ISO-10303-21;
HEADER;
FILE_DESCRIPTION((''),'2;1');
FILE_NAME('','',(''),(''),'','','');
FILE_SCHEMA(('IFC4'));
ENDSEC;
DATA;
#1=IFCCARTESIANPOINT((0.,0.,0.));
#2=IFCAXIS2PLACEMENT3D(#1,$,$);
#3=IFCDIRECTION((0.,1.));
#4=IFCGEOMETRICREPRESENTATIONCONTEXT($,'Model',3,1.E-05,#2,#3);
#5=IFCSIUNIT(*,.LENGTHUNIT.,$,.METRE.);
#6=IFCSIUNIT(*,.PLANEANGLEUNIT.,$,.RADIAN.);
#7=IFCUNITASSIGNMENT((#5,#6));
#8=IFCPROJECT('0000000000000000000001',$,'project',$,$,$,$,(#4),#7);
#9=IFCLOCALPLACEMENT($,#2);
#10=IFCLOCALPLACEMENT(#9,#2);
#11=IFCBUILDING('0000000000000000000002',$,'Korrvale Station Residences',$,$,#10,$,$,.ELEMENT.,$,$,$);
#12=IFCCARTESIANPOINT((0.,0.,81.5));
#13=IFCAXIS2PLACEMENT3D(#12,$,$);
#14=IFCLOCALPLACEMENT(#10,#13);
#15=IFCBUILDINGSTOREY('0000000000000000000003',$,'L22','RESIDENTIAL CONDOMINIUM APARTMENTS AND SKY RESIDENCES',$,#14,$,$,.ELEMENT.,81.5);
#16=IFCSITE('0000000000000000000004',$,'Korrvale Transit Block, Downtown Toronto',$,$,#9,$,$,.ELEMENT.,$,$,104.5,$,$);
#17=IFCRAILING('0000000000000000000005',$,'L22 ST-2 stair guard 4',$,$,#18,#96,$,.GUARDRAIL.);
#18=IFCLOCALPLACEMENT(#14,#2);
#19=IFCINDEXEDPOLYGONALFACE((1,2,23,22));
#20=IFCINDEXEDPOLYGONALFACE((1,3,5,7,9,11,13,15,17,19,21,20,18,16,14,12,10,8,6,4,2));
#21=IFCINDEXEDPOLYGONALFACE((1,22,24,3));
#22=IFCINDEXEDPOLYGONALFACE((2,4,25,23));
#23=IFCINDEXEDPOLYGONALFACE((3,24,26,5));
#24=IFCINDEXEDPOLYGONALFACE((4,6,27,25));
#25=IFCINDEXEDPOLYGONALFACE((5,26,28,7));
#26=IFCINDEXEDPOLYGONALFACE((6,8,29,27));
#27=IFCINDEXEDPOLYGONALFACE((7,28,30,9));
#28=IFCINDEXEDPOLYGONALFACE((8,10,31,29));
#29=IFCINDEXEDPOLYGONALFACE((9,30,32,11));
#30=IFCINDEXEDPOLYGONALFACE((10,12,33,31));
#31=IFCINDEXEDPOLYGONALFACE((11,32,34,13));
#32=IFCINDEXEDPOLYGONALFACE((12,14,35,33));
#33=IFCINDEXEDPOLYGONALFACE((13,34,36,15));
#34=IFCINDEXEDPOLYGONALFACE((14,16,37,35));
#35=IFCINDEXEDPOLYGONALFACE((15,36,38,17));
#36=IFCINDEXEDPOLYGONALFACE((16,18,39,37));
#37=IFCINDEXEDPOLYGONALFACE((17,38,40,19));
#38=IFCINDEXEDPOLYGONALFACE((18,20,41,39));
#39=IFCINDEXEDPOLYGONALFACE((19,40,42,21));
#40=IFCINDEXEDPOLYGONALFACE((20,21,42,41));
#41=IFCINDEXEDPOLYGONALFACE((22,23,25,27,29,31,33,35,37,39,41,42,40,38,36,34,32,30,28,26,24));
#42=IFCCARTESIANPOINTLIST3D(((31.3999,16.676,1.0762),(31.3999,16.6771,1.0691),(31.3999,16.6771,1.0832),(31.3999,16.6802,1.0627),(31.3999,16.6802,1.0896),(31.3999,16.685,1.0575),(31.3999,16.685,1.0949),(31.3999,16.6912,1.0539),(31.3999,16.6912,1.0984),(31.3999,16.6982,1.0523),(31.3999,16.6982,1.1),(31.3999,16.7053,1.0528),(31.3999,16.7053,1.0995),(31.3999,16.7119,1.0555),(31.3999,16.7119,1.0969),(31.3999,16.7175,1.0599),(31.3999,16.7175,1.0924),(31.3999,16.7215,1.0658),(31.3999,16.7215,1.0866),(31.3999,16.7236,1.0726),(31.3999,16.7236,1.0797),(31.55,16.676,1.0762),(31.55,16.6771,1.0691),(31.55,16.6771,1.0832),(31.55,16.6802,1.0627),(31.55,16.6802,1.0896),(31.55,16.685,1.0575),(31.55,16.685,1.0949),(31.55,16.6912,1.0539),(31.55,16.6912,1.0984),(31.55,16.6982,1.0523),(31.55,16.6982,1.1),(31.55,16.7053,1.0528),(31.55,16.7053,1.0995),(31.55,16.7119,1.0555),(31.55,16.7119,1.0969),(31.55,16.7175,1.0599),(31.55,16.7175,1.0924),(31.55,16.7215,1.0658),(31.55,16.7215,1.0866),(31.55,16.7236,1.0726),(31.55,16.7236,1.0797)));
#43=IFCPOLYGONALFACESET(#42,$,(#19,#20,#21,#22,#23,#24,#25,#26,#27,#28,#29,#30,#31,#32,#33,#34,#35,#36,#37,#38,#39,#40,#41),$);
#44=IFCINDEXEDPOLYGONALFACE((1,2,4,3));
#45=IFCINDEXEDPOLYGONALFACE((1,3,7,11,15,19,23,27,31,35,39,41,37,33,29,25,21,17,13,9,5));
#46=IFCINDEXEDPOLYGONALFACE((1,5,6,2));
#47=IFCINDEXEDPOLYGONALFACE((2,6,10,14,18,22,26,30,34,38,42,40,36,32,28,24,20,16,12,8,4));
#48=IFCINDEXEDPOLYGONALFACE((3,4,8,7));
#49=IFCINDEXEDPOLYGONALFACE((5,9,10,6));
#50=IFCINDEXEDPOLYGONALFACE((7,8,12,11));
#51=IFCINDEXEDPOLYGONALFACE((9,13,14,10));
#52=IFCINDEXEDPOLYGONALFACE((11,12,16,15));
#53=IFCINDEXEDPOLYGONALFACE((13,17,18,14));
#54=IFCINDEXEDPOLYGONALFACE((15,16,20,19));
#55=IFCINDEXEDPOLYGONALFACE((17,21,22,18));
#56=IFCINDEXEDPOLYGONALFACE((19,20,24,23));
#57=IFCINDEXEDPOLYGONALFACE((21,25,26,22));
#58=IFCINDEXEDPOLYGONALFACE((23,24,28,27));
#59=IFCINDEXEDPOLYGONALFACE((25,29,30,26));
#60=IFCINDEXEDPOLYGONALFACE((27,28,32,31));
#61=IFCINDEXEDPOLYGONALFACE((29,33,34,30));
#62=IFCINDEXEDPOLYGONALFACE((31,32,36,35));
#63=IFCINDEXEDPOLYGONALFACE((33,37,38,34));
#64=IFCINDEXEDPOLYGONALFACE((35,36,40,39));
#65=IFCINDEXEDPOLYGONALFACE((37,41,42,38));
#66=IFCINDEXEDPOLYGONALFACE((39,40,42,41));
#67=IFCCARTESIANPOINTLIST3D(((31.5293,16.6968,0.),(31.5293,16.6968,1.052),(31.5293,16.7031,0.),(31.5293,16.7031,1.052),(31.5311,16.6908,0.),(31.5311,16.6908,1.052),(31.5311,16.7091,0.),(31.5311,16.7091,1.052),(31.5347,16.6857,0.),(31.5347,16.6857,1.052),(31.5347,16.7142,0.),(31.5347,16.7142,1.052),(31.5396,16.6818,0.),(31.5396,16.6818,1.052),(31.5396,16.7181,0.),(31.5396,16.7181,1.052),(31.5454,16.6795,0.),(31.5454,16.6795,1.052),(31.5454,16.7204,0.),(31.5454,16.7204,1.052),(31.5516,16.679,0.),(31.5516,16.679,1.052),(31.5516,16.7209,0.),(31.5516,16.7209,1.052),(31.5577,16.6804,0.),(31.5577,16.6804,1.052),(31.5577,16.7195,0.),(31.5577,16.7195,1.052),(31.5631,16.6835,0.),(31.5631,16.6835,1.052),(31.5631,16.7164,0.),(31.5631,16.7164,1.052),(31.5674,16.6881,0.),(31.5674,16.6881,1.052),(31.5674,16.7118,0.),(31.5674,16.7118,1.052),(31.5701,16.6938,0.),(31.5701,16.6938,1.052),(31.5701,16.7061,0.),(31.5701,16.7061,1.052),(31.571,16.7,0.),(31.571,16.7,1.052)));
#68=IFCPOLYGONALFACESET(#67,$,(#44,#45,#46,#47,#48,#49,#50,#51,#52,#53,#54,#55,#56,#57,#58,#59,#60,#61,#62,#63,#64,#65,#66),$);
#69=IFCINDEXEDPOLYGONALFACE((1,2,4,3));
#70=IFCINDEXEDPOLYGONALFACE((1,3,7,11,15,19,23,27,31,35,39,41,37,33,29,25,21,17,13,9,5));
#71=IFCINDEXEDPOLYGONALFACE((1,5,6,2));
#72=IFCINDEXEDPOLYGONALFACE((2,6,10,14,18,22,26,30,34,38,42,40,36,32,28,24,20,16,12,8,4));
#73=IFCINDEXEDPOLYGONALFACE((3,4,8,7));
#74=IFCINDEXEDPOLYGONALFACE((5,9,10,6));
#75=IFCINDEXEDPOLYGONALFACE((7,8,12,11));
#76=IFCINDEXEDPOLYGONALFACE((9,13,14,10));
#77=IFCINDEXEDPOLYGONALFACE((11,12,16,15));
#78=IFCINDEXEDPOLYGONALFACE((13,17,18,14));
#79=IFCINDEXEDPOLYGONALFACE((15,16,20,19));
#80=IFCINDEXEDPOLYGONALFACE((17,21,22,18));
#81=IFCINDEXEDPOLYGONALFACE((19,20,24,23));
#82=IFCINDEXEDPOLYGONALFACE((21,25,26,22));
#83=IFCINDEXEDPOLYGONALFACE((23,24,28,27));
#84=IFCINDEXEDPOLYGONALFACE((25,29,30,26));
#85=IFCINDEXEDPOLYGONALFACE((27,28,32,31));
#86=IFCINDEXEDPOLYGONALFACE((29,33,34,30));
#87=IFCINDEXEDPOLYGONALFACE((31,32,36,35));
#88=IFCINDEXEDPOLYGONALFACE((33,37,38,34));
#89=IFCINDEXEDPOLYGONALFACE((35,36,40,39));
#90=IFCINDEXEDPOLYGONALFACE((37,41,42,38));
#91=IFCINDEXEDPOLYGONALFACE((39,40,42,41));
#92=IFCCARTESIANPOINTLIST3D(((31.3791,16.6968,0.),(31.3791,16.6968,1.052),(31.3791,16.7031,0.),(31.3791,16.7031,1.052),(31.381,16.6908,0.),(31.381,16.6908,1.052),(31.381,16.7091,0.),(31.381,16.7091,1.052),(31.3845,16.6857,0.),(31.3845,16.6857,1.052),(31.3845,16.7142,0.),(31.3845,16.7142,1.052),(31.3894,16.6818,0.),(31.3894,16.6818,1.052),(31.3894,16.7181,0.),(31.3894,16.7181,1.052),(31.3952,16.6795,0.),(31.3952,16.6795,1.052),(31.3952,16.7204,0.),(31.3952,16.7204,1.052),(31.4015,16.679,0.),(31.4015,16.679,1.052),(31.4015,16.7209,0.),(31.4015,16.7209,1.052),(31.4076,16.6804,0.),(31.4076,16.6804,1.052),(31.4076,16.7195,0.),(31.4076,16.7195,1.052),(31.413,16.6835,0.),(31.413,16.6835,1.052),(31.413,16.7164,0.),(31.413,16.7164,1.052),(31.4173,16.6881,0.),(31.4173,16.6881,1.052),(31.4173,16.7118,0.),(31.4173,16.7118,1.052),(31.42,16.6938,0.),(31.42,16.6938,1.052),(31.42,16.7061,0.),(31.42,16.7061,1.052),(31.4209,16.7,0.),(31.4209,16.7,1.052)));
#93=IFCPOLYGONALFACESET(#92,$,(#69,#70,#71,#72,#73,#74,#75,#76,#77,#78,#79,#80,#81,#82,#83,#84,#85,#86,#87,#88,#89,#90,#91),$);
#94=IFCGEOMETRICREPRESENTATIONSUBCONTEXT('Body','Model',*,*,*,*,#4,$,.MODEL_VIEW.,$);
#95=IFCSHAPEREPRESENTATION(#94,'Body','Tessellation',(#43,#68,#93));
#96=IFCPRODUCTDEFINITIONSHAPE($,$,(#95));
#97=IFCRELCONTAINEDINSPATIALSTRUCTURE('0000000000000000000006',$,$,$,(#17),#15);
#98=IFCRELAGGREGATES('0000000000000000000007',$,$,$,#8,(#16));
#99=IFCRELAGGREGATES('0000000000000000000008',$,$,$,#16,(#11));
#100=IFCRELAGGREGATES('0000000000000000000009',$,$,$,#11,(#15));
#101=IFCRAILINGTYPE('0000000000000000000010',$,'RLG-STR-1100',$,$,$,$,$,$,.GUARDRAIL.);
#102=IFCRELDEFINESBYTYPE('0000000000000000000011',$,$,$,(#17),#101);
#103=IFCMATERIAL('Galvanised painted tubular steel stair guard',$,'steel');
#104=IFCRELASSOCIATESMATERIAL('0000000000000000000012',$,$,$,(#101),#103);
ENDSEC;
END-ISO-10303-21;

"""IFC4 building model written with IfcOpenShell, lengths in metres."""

from ifc_helpers import new_model, si_unit, direction, frame, origin, origin_2d, place, context, subcontext, project, spatial, circle, extrude, material, type_object, element, save


model = new_model("IFC4")

# Units and contexts
model_context = context("Model", 3, precision=1e-05, world=origin(), true_north=direction((0.0, 1.0)))
body_context = subcontext(model_context, "Body", "Model", "MODEL_VIEW")
ifc_project = project(units=[si_unit("LENGTHUNIT", "METRE"), si_unit("PLANEANGLEUNIT", "RADIAN")], contexts=[model_context])

# Site, building, storey
site_placement = place(None, origin())
site = spatial("IfcSite", under=ifc_project, at=site_placement, Name="Korrvale Transit Block, Downtown Toronto", CompositionType="ELEMENT", RefElevation=104.5)
building_placement = place(site_placement, origin())
building = spatial("IfcBuilding", under=site, at=building_placement, Name="Korrvale Station Residences", CompositionType="ELEMENT")
storey_placement = place(building_placement, frame((0.0, 0.0, 81.5)))
storey = spatial("IfcBuildingStorey", under=building, at=storey_placement, Name="L22", Description="RESIDENTIAL CONDOMINIUM APARTMENTS AND SKY RESIDENCES", CompositionType="ELEMENT", Elevation=81.5)

# Railing
ifc_material_1 = material(Name="Galvanised painted tubular steel stair guard", Category="steel")
railing_type_1 = type_object("IfcRailingType", Name="RLG-STR-1100", PredefinedType="GUARDRAIL", material=ifc_material_1)
railing_1_placement = place(storey_placement, frame((31.55, 16.7, 0.0)))
element("IfcRailing", 1, at=railing_1_placement, inside=storey, type_object=railing_type_1, Name="L22 ST-2 stair guard 4", PredefinedType="GUARDRAIL", context=body_context, shape_type="SweptSolid", body=[
    extrude(circle(Radius=0.0239, at=origin_2d()), frame((0.0, 0.0, 1.0762), z_axis=(-1.0, 0.0, 0.0), x_axis=(0.0, -1.0, 0.0)), (0.0, 0.0, 1.0), 0.1501),
    extrude(circle(Radius=0.021, at=origin_2d()), origin(), (0.0, 0.0, 1.0), 1.052),
    extrude(circle(Radius=0.021, at=origin_2d()), frame((-0.1501, 0.0, 0.0)), (0.0, 0.0, 1.0), 1.052),
])

save(model, "model.ifc")
